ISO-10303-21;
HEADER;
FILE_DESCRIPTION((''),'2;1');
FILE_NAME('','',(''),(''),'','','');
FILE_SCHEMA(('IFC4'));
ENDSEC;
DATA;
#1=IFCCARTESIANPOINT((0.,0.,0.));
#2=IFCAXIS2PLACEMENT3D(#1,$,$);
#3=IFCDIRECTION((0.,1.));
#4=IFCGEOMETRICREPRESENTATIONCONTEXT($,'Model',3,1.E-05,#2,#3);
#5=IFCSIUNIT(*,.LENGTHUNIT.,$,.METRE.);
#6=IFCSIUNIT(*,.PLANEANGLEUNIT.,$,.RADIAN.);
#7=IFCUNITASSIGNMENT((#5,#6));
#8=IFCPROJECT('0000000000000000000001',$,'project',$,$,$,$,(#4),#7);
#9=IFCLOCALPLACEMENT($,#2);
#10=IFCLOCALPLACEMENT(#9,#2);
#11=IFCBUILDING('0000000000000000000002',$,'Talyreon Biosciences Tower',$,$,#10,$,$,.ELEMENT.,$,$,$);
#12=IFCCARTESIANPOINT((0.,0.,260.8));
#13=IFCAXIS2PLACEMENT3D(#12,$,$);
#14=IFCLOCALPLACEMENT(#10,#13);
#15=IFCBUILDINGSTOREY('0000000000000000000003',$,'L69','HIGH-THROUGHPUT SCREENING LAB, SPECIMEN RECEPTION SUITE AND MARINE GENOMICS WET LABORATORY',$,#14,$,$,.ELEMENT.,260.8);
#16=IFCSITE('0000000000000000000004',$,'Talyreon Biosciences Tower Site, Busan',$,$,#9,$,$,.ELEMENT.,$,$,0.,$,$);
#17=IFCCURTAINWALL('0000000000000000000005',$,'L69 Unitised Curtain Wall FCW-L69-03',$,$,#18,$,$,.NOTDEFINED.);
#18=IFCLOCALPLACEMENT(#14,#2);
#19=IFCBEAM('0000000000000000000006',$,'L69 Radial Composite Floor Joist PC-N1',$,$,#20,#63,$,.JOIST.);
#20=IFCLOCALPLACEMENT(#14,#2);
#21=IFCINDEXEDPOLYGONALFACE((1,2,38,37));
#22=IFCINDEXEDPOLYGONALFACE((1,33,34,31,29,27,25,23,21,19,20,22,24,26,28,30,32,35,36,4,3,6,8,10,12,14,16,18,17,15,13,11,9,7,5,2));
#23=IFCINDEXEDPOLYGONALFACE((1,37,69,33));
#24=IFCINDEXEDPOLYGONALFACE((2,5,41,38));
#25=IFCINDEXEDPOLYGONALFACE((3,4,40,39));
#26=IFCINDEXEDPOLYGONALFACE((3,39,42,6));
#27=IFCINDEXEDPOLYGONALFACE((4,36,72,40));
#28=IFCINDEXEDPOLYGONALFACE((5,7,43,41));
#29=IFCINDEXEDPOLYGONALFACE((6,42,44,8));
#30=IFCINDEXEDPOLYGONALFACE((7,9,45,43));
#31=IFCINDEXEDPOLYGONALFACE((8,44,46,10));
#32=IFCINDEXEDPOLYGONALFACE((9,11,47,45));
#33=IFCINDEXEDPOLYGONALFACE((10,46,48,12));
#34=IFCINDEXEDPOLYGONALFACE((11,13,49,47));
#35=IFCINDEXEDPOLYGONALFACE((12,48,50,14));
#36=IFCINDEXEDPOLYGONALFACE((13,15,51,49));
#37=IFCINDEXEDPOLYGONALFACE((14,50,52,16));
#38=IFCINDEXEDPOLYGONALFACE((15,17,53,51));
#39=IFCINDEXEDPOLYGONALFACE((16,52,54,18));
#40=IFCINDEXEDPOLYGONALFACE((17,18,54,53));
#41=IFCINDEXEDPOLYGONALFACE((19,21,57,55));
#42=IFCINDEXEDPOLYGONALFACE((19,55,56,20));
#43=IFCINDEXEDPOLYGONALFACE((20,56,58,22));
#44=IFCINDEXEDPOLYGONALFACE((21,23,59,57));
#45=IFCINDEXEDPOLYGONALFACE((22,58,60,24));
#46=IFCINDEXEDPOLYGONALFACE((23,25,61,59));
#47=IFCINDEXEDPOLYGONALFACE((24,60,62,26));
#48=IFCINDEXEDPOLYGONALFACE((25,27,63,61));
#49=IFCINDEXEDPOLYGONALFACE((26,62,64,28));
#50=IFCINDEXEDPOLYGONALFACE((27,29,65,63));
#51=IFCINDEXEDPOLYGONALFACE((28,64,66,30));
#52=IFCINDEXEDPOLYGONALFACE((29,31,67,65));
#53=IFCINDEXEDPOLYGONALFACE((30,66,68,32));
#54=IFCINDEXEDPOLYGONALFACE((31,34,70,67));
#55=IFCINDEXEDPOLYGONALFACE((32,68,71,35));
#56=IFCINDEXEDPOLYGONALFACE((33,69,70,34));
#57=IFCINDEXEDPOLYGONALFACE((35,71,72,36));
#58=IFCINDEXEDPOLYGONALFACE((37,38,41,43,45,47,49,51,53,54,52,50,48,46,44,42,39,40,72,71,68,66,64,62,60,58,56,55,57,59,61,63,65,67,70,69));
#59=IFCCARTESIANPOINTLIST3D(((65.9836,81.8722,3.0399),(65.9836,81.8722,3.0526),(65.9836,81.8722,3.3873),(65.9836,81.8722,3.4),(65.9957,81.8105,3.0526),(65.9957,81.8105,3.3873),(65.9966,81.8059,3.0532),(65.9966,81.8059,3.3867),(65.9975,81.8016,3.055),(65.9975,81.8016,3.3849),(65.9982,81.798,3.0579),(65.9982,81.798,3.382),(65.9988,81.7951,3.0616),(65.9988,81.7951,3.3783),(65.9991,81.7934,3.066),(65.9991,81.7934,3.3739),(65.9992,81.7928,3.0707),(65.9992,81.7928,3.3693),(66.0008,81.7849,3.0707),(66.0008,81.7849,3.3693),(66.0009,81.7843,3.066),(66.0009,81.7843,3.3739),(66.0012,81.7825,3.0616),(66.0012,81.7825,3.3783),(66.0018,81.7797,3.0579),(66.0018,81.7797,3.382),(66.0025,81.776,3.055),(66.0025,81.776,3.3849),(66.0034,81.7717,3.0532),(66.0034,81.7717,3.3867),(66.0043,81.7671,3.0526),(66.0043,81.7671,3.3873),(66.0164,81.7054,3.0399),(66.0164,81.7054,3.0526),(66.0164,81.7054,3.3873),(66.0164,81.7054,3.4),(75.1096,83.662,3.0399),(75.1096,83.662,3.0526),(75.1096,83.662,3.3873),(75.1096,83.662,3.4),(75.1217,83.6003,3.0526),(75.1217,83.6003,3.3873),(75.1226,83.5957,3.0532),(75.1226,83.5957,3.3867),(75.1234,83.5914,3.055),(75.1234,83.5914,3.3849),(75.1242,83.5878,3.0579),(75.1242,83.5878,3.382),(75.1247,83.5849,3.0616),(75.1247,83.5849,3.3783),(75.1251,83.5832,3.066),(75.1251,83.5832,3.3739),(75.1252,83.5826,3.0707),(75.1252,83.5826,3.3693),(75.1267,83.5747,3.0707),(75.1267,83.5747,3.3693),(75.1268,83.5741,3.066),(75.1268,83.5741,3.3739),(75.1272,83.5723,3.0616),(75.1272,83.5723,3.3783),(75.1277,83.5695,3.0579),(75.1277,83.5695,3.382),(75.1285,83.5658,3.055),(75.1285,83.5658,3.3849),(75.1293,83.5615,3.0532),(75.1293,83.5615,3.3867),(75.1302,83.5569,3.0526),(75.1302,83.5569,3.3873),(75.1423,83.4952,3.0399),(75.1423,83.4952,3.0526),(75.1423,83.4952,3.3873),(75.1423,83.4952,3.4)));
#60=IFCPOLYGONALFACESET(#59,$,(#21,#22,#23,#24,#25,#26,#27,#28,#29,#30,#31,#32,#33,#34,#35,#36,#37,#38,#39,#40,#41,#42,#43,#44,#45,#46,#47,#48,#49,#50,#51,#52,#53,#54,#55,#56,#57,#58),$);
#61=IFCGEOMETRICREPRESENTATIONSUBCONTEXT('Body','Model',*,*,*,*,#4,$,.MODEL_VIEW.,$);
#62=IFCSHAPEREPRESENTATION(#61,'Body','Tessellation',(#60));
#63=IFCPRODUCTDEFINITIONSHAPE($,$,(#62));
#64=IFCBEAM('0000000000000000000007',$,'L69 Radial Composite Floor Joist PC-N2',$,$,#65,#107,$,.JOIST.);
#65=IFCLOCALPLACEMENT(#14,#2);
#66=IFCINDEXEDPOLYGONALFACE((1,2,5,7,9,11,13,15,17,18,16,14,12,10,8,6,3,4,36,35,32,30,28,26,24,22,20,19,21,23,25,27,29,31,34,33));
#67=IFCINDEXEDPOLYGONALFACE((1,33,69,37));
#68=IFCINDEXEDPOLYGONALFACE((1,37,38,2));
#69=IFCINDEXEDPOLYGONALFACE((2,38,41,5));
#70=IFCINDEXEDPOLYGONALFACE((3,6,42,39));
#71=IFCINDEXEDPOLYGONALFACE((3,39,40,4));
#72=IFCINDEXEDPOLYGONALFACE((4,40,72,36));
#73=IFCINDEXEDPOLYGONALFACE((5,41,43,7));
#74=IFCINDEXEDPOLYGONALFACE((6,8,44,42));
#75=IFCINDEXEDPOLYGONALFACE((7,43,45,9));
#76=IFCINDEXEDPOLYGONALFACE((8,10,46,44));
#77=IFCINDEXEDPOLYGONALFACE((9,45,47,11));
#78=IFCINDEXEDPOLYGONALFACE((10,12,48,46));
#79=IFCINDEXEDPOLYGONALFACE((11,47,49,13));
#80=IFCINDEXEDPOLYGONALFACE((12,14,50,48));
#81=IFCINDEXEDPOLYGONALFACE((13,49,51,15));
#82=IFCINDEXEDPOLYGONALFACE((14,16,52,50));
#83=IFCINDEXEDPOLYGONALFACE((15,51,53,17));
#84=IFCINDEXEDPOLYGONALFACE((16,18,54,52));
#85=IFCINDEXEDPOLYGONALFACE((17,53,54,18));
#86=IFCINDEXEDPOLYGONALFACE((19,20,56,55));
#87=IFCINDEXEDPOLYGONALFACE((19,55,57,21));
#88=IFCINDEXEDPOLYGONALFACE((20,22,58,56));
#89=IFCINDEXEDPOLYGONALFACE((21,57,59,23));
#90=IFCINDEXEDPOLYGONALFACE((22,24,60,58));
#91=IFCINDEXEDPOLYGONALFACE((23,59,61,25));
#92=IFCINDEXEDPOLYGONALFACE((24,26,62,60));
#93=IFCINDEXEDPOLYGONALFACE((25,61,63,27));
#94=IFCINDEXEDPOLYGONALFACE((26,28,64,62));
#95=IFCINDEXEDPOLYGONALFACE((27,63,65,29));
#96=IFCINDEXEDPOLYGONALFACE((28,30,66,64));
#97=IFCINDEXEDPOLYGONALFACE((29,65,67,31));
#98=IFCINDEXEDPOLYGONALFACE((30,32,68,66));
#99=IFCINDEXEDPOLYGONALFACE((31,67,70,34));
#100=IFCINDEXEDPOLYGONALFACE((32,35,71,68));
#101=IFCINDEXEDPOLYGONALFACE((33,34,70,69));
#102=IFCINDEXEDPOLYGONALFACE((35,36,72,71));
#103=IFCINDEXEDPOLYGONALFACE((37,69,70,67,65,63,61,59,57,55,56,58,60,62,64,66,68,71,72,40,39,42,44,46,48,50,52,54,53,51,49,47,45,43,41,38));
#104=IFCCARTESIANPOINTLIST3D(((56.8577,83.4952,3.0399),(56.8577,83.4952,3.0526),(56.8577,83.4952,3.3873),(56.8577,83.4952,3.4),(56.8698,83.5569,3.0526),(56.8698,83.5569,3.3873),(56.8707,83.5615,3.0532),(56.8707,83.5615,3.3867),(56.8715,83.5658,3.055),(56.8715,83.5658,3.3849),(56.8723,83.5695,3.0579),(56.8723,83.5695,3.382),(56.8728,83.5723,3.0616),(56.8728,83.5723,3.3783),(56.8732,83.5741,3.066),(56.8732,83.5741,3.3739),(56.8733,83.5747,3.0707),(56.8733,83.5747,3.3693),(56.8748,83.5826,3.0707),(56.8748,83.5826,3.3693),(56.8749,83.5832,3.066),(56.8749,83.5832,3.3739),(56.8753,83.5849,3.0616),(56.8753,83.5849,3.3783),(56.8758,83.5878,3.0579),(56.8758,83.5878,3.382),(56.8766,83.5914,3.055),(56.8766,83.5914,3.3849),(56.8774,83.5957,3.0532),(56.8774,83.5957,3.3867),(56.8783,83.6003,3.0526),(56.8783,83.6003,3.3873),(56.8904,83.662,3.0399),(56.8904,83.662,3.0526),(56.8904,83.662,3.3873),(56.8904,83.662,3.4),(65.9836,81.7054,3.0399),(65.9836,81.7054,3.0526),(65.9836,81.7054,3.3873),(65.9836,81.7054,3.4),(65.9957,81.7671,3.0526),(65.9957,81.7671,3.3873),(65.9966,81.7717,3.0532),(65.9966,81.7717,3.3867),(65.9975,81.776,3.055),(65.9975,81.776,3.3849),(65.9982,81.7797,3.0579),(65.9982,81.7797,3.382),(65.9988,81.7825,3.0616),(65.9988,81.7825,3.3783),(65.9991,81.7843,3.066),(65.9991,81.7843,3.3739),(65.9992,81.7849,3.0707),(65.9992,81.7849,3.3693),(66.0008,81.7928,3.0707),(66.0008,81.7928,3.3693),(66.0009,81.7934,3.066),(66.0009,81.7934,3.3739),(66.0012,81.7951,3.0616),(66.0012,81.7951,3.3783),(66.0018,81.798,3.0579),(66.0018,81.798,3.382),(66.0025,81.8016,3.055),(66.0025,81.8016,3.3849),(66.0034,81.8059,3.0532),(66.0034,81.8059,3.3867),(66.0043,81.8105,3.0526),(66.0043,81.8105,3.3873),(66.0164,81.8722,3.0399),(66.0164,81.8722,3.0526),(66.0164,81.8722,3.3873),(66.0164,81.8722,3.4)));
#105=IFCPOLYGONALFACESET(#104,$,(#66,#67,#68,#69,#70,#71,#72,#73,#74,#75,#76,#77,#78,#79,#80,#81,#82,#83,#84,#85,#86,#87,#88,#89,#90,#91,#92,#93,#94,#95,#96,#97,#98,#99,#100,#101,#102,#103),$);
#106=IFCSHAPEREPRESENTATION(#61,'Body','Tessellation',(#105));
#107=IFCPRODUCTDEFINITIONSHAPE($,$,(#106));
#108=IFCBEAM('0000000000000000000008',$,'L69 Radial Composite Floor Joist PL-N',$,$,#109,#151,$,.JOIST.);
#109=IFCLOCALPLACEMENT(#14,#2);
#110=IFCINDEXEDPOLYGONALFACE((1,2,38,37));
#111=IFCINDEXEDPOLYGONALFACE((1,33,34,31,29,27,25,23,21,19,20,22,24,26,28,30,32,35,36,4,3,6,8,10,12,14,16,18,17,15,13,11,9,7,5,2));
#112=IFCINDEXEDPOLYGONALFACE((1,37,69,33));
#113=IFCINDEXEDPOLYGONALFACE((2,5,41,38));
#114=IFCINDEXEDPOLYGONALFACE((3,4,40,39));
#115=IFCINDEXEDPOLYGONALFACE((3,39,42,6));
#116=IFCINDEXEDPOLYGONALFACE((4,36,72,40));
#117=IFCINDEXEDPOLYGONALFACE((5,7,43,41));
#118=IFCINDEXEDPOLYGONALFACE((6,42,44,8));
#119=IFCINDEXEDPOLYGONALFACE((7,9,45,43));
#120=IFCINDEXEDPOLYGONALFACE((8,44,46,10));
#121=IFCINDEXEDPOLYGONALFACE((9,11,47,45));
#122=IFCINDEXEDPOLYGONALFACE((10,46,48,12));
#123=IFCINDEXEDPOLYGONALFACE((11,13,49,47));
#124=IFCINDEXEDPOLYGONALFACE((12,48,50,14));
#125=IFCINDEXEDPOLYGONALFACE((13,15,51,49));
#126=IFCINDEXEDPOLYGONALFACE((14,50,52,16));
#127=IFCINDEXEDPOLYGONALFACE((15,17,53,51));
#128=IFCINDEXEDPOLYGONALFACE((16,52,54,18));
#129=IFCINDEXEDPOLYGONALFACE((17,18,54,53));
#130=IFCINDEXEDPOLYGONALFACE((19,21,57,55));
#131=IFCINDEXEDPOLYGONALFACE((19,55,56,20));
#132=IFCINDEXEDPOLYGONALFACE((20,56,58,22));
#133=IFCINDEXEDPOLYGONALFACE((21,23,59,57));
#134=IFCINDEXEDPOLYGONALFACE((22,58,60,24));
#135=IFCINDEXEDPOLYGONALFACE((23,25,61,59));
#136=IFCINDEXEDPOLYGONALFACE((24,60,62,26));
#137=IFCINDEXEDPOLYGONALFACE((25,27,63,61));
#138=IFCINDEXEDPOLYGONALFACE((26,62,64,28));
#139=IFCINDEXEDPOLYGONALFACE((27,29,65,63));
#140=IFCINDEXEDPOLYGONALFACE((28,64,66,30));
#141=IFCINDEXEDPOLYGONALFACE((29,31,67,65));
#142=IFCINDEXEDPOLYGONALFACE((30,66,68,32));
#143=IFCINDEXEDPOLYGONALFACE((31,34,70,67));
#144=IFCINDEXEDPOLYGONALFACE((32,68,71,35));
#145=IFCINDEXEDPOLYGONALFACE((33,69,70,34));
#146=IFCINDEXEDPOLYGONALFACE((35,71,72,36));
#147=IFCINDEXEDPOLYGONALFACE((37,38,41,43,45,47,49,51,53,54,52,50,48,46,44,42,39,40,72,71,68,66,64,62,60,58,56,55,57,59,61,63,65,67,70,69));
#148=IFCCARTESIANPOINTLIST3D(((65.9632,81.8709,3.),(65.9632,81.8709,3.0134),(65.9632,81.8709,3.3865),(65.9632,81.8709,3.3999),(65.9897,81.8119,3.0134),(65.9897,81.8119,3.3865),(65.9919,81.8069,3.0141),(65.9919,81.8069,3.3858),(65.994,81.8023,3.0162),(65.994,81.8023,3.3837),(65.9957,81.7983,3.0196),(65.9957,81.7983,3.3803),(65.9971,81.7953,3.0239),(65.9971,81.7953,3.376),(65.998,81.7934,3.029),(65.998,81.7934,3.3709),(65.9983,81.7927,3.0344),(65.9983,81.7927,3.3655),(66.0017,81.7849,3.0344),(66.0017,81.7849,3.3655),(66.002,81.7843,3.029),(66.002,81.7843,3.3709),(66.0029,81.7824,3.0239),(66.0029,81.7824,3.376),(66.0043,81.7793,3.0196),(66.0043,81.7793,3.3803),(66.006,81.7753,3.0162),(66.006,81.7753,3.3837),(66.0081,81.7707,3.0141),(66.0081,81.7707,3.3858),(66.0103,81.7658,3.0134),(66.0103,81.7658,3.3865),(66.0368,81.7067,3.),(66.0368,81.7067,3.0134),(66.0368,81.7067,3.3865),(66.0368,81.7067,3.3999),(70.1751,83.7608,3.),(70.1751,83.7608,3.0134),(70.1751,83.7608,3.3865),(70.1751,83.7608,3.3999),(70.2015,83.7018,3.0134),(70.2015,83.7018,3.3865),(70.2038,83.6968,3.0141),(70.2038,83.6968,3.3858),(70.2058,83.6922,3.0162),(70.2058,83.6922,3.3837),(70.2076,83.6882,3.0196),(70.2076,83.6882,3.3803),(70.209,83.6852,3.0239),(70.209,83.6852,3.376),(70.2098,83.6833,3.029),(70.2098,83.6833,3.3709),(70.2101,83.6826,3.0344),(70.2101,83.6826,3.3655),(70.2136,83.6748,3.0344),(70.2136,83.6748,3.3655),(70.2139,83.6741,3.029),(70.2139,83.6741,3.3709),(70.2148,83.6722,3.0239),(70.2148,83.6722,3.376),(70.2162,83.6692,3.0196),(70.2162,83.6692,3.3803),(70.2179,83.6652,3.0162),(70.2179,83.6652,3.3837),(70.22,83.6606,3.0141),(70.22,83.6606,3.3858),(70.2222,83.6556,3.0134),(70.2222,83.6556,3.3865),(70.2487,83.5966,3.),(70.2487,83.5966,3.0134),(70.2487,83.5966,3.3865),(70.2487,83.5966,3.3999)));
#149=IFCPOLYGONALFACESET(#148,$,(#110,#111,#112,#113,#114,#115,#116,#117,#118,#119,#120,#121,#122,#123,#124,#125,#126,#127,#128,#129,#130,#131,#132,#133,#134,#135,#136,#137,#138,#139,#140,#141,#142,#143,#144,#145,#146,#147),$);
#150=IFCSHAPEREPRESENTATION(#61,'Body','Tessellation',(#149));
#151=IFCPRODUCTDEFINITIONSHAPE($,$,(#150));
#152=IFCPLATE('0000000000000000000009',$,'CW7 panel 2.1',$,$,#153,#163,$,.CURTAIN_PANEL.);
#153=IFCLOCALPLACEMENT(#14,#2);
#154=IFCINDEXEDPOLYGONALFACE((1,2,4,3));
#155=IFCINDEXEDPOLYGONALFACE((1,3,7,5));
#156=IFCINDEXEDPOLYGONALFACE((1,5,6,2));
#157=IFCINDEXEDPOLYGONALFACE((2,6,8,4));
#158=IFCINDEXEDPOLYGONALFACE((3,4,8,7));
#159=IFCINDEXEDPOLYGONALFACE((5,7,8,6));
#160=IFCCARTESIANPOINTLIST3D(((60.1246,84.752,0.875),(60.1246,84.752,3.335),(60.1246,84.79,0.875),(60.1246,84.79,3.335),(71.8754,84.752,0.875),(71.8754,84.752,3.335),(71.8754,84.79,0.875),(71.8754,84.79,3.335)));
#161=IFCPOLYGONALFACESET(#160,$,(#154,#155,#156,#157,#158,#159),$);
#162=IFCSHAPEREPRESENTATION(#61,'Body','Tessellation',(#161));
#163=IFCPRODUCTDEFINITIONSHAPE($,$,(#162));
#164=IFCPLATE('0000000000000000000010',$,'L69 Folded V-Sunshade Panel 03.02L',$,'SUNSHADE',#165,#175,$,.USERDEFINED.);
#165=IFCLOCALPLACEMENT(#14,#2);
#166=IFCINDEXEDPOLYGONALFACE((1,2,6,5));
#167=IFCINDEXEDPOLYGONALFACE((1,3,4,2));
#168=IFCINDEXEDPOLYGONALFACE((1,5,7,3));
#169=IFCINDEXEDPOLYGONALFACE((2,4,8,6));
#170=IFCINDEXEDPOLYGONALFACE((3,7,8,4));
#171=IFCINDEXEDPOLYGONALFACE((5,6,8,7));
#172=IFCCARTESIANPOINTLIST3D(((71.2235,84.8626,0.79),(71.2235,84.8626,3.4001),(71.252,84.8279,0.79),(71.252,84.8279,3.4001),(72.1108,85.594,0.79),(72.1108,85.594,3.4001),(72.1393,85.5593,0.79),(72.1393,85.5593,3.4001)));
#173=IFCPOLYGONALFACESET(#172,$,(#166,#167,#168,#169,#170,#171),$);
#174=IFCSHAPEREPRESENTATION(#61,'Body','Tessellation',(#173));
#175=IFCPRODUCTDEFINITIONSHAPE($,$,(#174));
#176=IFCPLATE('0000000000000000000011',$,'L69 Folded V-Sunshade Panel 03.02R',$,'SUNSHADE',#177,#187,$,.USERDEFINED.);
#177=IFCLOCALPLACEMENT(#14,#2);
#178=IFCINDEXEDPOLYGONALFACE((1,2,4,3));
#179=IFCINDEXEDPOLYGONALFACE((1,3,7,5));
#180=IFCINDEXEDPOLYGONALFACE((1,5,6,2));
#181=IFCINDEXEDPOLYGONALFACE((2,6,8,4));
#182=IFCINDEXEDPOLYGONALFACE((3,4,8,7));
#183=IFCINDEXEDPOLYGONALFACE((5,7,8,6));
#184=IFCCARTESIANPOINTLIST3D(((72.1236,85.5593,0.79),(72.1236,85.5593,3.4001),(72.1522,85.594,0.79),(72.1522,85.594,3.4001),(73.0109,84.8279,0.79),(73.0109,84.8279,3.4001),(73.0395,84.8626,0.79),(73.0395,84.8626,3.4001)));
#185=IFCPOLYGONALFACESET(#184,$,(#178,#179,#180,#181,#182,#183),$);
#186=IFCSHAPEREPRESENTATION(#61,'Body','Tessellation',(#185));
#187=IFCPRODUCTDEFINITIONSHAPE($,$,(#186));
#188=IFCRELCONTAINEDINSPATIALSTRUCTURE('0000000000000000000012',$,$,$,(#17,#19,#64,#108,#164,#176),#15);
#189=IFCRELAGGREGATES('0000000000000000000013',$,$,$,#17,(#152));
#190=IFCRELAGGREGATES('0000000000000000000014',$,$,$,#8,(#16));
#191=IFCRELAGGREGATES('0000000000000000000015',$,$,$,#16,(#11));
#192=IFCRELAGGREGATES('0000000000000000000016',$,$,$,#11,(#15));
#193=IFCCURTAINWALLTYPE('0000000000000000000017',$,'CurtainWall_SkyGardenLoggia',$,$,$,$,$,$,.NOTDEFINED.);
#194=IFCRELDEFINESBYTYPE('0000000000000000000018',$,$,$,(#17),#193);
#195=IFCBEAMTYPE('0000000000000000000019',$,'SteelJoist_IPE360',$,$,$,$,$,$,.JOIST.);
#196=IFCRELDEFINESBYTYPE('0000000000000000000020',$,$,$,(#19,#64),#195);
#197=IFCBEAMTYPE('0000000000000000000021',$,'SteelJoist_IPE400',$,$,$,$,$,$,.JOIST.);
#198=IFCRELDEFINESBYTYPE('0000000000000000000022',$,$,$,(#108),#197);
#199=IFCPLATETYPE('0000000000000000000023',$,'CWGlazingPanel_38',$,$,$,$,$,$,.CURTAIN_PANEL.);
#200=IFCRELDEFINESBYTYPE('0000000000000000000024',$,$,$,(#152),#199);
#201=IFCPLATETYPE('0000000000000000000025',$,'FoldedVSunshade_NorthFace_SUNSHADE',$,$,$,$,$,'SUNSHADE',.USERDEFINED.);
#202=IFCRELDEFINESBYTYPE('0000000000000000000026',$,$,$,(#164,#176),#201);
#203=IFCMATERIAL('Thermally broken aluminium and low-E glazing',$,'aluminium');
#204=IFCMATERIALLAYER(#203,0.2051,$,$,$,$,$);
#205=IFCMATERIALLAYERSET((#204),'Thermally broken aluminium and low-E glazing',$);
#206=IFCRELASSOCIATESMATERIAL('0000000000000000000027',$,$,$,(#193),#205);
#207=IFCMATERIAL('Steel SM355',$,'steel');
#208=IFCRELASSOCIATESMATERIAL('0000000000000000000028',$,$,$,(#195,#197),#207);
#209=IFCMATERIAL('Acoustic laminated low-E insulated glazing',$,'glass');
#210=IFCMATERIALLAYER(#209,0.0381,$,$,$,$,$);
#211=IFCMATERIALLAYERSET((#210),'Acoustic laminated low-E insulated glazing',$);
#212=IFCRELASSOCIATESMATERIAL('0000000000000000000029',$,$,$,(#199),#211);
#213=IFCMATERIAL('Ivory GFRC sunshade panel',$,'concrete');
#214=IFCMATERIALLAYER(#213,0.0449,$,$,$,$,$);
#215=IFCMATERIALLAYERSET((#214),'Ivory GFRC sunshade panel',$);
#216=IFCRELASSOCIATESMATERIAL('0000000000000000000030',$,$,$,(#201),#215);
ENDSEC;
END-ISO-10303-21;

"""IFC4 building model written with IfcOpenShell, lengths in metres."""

from ifc_helpers import new_model, si_unit, direction, frame, origin, origin_2d, place, context, subcontext, project, spatial, rectangle, i_section, extrude, material, layer, layer_set, material_profile, profile_set, type_object, element, aggregate, save


model = new_model("IFC4")

# Units and contexts
model_context = context("Model", 3, precision=1e-05, world=origin(), true_north=direction((0.0, 1.0)))
body_context = subcontext(model_context, "Body", "Model", "MODEL_VIEW")
ifc_project = project(units=[si_unit("LENGTHUNIT", "METRE"), si_unit("PLANEANGLEUNIT", "RADIAN")], contexts=[model_context])

# Site, building, storey
site_placement = place(None, origin())
site = spatial("IfcSite", under=ifc_project, at=site_placement, Name="Talyreon Biosciences Tower Site, Busan", CompositionType="ELEMENT", RefElevation=0.0)
building_placement = place(site_placement, origin())
building = spatial("IfcBuilding", under=site, at=building_placement, Name="Talyreon Biosciences Tower", CompositionType="ELEMENT")
storey_placement = place(building_placement, frame((0.0, 0.0, 260.8)))
storey = spatial("IfcBuildingStorey", under=building, at=storey_placement, Name="L69", Description="HIGH-THROUGHPUT SCREENING LAB, SPECIMEN RECEPTION SUITE AND MARINE GENOMICS WET LABORATORY", CompositionType="ELEMENT", Elevation=260.8)

# Curtain wall
ifc_material_1 = material(Name="Thermally broken aluminium and low-E glazing", Category="aluminium")
ifc_layer_1 = layer(ifc_material_1, 0.2051)
ifc_layer_set_1 = layer_set([ifc_layer_1], Name="Thermally broken aluminium and low-E glazing")
curtain_wall_type = type_object("IfcCurtainWallType", Name="CurtainWall_SkyGardenLoggia", PredefinedType="NOTDEFINED", material=ifc_layer_set_1)
curtain_wall_placement = place(storey_placement, origin())
curtain_wall = element("IfcCurtainWall", 1, at=curtain_wall_placement, inside=storey, type_object=curtain_wall_type, Name="L69 Unitised Curtain Wall FCW-L69-03", PredefinedType="NOTDEFINED")

# Beams
ifc_material_2 = material(Name="Steel SM355", Category="steel")
ifc_material_profile_1 = material_profile(ifc_material_2, i_section(OverallWidth=0.1699, OverallDepth=0.3601, WebThickness=0.0081, FlangeThickness=0.0127, FilletRadius=0.0181, at=origin_2d()), Name="IPE360")
ifc_profile_set_1 = profile_set([ifc_material_profile_1], Name="Steel SM355")
beam_type_1 = type_object("IfcBeamType", Name="SteelJoist_IPE360", PredefinedType="JOIST", material=ifc_profile_set_1)
for number, where, z_axis, x_axis, name in (
    (2, (66.0, 81.7888, 3.22), (0.981306, 0.192455, 0.0), (-0.192455, 0.981306, 0.0), "L69 Radial Composite Floor Joist PC-N1"),
    (3, (66.0, 81.7888, 3.22), (-0.981306, 0.192455, 0.0), (-0.192455, -0.981306, 0.0), "L69 Radial Composite Floor Joist PC-N2"),
):
    element("IfcBeam", number, at=place(storey_placement, frame(where, z_axis=z_axis, x_axis=x_axis)), inside=storey, type_object=beam_type_1, Name=name, PredefinedType="JOIST", context=body_context, shape_type="SweptSolid", body=[
        extrude(i_section(OverallWidth=0.1699, OverallDepth=0.3601, WebThickness=0.0081, FlangeThickness=0.0127, FilletRadius=0.0181, at=origin_2d()), origin(), (0.0, 0.0, 1.0), 9.2998),
    ])
ifc_material_profile_2 = material_profile(ifc_material_2, i_section(OverallWidth=0.1799, OverallDepth=0.3999, WebThickness=0.0085, FlangeThickness=0.0134, FilletRadius=0.021, at=origin_2d()), Name="IPE400")
ifc_profile_set_2 = profile_set([ifc_material_profile_2], Name="Steel SM355")
beam_type_2 = type_object("IfcBeamType", Name="SteelJoist_IPE400", PredefinedType="JOIST", material=ifc_profile_set_2)
beam_1_placement = place(storey_placement, frame((66.0, 81.7888, 3.2), z_axis=(0.912364, 0.409379, 0.0), x_axis=(-0.409379, 0.912364, 0.0)))
element("IfcBeam", 4, at=beam_1_placement, inside=storey, type_object=beam_type_2, Name="L69 Radial Composite Floor Joist PL-N", PredefinedType="JOIST", context=body_context, shape_type="SweptSolid", body=[
    extrude(i_section(OverallWidth=0.1799, OverallDepth=0.3999, WebThickness=0.0085, FlangeThickness=0.0134, FilletRadius=0.021, at=origin_2d()), origin(), (0.0, 0.0, 1.0), 4.6165),
])

# Plate
ifc_material_3 = material(Name="Acoustic laminated low-E insulated glazing", Category="glass")
ifc_layer_2 = layer(ifc_material_3, 0.0381)
ifc_layer_set_2 = layer_set([ifc_layer_2], Name="Acoustic laminated low-E insulated glazing")
plate_type_1 = type_object("IfcPlateType", Name="CWGlazingPanel_38", PredefinedType="CURTAIN_PANEL", material=ifc_layer_set_2)
plate_placement = place(storey_placement, frame((66.0, 84.771, 0.875), z_axis=(0.0, 0.0, 1.0), x_axis=(1.0, 0.0, 0.0)))
plate = element("IfcPlate", 5, at=plate_placement, type_object=plate_type_1, Name="CW7 panel 2.1", PredefinedType="CURTAIN_PANEL", context=body_context, shape_type="SweptSolid", body=[
    extrude(rectangle(XDim=11.7507, YDim=0.0381, at=origin_2d()), origin(), (0.0, 0.0, 1.0), 2.46),
])
aggregate(curtain_wall, [plate])

# Plates
ifc_material_4 = material(Name="Ivory GFRC sunshade panel", Category="concrete")
ifc_layer_3 = layer(ifc_material_4, 0.0449)
ifc_layer_set_3 = layer_set([ifc_layer_3], Name="Ivory GFRC sunshade panel")
plate_type_2 = type_object("IfcPlateType", Name="FoldedVSunshade_NorthFace_SUNSHADE", ElementType="SUNSHADE", PredefinedType="USERDEFINED", material=ifc_layer_set_3)
for number, where, z_axis, x_axis, name in (
    (6, (71.6814, 85.2109, 0.79), (0.0, 0.0, 1.0), (0.771625, 0.636078, 0.0), "L69 Folded V-Sunshade Panel 03.02L"),
    (7, (72.5815, 85.2109, 0.79), (0.0, 0.0, 1.0), (0.771625, -0.636078, 0.0), "L69 Folded V-Sunshade Panel 03.02R"),
):
    element("IfcPlate", number, at=place(storey_placement, frame(where, z_axis=z_axis, x_axis=x_axis)), inside=storey, type_object=plate_type_2, Name=name, ObjectType="SUNSHADE", PredefinedType="USERDEFINED", context=body_context, shape_type="SweptSolid", body=[
        extrude(rectangle(XDim=1.1499, YDim=0.0449, at=origin_2d()), origin(), (0.0, 0.0, 1.0), 2.6101),
    ])

save(model, "model.ifc")
